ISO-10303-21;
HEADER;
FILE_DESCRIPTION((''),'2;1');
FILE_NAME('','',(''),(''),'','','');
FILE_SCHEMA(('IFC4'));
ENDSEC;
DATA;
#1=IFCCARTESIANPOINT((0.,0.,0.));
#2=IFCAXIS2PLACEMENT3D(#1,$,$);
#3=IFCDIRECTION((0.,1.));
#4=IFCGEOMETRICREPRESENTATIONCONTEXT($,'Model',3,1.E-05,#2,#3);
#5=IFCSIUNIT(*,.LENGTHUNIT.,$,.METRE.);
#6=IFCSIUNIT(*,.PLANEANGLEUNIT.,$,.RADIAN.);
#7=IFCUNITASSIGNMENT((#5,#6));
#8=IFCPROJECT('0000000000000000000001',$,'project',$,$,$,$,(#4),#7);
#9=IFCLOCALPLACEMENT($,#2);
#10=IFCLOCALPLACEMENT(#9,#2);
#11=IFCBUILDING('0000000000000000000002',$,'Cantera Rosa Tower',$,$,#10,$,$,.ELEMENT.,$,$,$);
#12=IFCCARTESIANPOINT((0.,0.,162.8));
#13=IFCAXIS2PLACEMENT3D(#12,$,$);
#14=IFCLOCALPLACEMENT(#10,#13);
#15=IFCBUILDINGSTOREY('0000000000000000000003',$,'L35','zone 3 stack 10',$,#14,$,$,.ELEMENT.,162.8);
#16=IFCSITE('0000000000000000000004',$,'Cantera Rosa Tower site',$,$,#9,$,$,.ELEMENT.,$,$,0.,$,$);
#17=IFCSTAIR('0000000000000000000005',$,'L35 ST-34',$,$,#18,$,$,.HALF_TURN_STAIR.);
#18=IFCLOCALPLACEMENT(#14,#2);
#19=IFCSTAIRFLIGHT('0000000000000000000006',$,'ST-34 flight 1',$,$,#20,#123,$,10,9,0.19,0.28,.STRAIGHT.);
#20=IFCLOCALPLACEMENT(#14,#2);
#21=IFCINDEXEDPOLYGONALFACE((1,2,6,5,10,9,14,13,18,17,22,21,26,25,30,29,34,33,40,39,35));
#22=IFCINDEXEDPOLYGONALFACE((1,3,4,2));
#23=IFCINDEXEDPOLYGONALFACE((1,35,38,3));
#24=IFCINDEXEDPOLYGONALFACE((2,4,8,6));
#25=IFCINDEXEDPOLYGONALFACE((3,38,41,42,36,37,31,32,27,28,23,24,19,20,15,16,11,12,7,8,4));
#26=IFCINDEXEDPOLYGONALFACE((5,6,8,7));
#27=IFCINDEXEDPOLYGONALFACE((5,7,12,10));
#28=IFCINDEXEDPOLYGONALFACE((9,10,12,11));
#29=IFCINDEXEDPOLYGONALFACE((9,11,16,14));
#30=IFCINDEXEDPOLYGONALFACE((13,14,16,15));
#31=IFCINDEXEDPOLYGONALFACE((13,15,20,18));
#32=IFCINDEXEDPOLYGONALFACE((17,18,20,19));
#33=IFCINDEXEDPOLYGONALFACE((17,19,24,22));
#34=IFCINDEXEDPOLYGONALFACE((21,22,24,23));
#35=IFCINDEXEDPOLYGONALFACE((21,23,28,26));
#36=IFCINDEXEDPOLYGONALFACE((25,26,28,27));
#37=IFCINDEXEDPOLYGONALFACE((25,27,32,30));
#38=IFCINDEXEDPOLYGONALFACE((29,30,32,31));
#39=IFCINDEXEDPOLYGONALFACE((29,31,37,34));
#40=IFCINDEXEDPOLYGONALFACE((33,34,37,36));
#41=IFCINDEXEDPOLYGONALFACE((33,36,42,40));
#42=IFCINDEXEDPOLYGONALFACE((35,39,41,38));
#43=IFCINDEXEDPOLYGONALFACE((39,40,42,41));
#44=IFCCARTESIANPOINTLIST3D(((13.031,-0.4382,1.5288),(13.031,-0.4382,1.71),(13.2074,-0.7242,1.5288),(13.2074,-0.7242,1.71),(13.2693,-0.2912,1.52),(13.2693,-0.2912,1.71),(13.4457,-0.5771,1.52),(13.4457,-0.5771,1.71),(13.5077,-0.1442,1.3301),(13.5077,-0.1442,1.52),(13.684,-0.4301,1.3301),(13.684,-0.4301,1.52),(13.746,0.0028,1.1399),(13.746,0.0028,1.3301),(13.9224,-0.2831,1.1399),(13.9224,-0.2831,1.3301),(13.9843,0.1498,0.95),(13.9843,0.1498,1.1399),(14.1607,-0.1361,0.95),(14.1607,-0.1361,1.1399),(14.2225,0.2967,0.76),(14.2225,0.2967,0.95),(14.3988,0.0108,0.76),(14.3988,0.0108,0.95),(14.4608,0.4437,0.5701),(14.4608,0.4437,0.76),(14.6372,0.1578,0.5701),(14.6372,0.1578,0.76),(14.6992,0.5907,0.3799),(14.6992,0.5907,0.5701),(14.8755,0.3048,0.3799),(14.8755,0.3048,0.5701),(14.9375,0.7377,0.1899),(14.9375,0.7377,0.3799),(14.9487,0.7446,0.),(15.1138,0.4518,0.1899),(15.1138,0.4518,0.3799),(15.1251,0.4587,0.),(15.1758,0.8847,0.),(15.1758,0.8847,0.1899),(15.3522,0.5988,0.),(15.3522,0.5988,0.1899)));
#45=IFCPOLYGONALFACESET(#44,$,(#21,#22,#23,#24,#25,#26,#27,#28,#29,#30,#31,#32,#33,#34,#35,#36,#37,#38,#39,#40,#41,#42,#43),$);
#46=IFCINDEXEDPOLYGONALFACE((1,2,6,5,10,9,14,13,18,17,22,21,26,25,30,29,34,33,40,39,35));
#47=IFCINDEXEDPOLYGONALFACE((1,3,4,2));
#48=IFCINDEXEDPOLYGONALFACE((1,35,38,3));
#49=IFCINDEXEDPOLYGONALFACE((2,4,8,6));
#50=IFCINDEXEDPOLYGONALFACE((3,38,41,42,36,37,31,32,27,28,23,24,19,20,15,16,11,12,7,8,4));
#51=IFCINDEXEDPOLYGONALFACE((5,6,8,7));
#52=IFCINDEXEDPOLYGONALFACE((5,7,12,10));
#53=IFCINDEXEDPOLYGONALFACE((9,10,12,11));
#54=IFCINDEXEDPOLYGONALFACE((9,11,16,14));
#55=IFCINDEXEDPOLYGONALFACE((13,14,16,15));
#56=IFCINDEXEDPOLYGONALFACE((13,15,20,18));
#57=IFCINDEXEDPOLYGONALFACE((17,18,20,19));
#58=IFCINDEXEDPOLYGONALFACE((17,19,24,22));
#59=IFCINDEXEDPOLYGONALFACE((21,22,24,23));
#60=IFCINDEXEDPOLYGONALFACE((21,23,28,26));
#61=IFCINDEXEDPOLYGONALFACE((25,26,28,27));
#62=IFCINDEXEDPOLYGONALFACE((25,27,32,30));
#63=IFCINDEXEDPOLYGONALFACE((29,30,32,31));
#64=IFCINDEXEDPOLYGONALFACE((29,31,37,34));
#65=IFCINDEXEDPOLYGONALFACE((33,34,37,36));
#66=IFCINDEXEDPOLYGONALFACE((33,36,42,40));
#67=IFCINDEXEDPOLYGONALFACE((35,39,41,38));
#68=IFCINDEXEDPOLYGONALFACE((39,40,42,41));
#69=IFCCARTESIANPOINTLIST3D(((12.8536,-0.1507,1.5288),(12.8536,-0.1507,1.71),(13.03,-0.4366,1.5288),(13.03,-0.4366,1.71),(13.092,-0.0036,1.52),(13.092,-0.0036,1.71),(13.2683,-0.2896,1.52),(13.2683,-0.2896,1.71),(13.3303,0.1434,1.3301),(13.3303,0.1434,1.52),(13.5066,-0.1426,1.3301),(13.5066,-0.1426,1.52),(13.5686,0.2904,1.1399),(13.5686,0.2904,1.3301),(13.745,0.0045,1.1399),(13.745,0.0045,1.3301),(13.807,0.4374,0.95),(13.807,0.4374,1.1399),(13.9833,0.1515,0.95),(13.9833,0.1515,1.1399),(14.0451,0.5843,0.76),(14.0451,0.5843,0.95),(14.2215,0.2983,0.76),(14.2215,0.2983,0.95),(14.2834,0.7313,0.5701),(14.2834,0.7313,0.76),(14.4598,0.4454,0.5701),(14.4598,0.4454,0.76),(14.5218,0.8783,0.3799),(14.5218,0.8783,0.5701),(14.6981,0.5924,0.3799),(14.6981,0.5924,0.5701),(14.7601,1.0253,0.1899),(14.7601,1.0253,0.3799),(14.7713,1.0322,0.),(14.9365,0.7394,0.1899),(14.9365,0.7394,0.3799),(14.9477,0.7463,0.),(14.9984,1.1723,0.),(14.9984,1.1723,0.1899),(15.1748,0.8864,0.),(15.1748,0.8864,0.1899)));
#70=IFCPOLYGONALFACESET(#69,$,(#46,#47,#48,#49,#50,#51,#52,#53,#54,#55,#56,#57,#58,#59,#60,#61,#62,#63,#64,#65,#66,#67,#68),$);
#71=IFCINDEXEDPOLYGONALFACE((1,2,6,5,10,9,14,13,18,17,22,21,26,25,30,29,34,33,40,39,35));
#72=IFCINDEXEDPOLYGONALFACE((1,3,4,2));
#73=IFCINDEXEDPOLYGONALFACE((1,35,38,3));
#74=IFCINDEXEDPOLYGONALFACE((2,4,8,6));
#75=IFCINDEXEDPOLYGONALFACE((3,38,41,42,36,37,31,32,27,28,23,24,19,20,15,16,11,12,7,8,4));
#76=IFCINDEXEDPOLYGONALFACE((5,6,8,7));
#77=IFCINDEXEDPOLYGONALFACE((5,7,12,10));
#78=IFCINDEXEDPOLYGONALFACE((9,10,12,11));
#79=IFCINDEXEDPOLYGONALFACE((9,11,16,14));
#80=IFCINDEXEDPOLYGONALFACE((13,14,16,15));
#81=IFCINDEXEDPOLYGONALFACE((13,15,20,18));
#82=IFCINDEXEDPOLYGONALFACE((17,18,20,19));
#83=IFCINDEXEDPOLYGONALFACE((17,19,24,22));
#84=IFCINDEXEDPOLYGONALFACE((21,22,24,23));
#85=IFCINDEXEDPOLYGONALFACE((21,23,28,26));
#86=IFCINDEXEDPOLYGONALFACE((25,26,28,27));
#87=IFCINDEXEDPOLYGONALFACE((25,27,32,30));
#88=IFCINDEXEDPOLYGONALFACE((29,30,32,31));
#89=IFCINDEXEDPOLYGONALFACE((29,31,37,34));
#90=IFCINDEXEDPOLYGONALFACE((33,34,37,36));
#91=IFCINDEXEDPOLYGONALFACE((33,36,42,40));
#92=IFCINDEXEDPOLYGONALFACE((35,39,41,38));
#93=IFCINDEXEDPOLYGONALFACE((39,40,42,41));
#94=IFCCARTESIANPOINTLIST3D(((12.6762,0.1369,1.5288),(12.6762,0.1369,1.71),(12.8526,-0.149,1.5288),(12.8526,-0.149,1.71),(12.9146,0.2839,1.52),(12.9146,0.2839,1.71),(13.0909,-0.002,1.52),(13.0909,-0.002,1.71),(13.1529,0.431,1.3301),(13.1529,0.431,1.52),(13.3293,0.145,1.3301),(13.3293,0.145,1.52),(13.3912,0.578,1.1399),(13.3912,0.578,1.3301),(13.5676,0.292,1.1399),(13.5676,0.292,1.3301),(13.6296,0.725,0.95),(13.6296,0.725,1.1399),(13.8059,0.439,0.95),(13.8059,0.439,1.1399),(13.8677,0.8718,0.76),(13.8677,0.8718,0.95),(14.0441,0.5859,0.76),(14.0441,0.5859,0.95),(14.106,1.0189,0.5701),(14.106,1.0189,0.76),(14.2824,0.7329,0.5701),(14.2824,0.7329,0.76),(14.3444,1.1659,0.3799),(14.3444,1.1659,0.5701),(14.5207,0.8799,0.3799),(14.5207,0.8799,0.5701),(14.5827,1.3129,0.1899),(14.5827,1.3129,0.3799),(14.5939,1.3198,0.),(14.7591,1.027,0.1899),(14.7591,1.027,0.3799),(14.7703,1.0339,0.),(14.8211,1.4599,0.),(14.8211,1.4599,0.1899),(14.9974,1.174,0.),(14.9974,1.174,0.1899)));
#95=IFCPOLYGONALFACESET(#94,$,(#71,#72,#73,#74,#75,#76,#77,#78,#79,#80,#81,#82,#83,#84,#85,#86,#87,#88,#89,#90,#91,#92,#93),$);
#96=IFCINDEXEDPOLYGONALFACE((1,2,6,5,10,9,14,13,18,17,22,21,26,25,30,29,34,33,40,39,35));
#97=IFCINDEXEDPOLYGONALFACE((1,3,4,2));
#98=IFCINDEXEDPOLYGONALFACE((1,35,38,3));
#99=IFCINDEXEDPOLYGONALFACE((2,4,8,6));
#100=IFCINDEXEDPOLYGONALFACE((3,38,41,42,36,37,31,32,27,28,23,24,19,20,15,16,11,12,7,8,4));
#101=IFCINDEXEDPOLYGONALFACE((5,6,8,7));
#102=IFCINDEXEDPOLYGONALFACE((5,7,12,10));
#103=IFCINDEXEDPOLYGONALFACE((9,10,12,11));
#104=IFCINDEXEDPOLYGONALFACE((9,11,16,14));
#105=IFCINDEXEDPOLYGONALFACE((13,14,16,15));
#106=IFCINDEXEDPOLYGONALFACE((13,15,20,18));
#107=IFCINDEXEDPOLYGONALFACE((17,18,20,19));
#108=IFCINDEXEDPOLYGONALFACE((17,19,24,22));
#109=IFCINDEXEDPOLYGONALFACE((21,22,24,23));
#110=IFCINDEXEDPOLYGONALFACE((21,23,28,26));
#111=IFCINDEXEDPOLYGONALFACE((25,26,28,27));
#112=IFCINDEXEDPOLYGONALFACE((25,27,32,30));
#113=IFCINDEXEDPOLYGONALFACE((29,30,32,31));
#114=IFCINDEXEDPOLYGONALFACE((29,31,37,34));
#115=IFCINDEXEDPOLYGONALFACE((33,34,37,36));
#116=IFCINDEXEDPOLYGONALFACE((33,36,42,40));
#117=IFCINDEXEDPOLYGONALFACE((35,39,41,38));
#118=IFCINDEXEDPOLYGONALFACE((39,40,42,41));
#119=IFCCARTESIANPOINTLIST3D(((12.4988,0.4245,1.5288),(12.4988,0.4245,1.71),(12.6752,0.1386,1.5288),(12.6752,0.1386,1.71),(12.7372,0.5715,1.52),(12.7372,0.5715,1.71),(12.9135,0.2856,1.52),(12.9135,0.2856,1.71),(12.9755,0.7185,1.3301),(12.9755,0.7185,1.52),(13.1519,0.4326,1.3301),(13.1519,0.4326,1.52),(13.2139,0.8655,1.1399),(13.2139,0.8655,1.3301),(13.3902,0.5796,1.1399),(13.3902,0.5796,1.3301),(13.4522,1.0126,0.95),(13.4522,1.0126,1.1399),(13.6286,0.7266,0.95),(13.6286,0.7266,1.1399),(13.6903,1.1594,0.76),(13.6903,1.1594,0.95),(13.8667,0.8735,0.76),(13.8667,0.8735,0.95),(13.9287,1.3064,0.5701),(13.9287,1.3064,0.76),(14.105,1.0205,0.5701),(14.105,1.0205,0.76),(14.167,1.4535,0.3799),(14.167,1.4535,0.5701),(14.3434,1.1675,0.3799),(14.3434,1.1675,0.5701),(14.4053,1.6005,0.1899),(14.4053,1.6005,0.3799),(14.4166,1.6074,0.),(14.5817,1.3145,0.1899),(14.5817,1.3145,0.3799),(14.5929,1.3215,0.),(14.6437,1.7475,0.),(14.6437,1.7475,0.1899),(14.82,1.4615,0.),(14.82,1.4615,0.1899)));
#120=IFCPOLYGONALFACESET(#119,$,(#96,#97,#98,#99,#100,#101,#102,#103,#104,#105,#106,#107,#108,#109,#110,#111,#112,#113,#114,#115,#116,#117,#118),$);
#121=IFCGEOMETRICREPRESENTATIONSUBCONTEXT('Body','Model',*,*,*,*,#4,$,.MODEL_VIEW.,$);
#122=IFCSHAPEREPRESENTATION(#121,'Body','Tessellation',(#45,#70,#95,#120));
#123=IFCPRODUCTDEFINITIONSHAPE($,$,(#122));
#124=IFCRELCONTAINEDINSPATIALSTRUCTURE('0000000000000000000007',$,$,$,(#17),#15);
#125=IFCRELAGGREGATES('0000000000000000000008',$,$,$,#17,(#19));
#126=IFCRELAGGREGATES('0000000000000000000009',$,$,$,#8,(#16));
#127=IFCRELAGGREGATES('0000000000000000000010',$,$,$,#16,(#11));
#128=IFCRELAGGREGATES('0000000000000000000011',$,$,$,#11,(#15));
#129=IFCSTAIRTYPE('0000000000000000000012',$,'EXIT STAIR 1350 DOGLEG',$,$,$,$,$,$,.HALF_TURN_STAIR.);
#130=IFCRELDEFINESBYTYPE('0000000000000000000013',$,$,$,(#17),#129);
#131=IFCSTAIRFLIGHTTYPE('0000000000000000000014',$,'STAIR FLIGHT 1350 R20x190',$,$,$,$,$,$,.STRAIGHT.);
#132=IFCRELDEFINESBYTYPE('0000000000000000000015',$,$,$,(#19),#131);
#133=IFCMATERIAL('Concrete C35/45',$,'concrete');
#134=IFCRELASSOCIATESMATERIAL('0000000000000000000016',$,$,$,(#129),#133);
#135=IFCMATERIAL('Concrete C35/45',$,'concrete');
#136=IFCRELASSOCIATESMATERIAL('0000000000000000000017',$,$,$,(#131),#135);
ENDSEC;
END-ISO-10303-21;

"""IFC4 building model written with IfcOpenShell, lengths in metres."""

from ifc_helpers import new_model, si_unit, direction, frame, origin, place, context, subcontext, project, spatial, polyline, outline, extrude, material, type_object, element, aggregate, save


model = new_model("IFC4")

# Units and contexts
model_context = context("Model", 3, precision=1e-05, world=origin(), true_north=direction((0.0, 1.0)))
body_context = subcontext(model_context, "Body", "Model", "MODEL_VIEW")
ifc_project = project(units=[si_unit("LENGTHUNIT", "METRE"), si_unit("PLANEANGLEUNIT", "RADIAN")], contexts=[model_context])

# Site, building, storey
site_placement = place(None, origin())
site = spatial("IfcSite", under=ifc_project, at=site_placement, Name="Cantera Rosa Tower site", CompositionType="ELEMENT", RefElevation=0.0)
building_placement = place(site_placement, origin())
building = spatial("IfcBuilding", under=site, at=building_placement, Name="Cantera Rosa Tower", CompositionType="ELEMENT")
storey_placement = place(building_placement, frame((0.0, 0.0, 162.8)))
storey = spatial("IfcBuildingStorey", under=building, at=storey_placement, Name="L35", Description="zone 3 stack 10", CompositionType="ELEMENT", Elevation=162.8)

# Stair, stair flight
ifc_material_1 = material(Name="Concrete C35/45", Category="concrete")
stair_type = type_object("IfcStairType", Name="EXIT STAIR 1350 DOGLEG", PredefinedType="HALF_TURN_STAIR", material=ifc_material_1)
ifc_material_2 = material(Name="Concrete C35/45", Category="concrete")
stair_flight_type = type_object("IfcStairFlightType", Name="STAIR FLIGHT 1350 R20x190", PredefinedType="STRAIGHT", material=ifc_material_2)
stair_1_placement = place(storey_placement, origin())
stair_1 = element("IfcStair", 1, at=stair_1_placement, inside=storey, type_object=stair_type, Name="L35 ST-34", PredefinedType="HALF_TURN_STAIR")
stair_flight_1_placement = place(storey_placement, frame((14.9978, 1.1733, 0.0), z_axis=(0.0, 0.0, 1.0), x_axis=(-0.851117, -0.524977, 0.0)))
stair_flight_1 = element("IfcStairFlight", 2, at=stair_flight_1_placement, type_object=stair_flight_type, Name="ST-34 flight 1", NumberOfRisers=10, NumberOfTreads=9, PredefinedType="STRAIGHT", RiserHeight=0.19, TreadLength=0.28, context=body_context, shape_type="SweptSolid", body=[
    extrude(outline(polyline([(0.0, 0.0), (0.0, 0.1899), (0.28, 0.1899), (0.28, 0.3799), (0.5601, 0.3799), (0.5601, 0.5701), (0.8401, 0.5701), (0.8401, 0.76), (1.1201, 0.76), (1.1201, 0.95), (1.3999, 0.95), (1.3999, 1.1399), (1.6799, 1.1399), (1.6799, 1.3301), (1.96, 1.3301), (1.96, 1.52), (2.24, 1.52), (2.24, 1.71), (2.52, 1.71), (2.52, 1.8999), (2.52, 1.5288), (0.2668, 0.0), (0.0, 0.0)])), frame((0.0, 0.675, 0.0), z_axis=(0.0, -1.0, 0.0), x_axis=(1.0, 0.0, 0.0)), (0.0, 0.0, 1.0), 0.3359),
    extrude(outline(polyline([(0.0, 0.0), (0.0, 0.1899), (0.28, 0.1899), (0.28, 0.3799), (0.5601, 0.3799), (0.5601, 0.5701), (0.8401, 0.5701), (0.8401, 0.76), (1.1201, 0.76), (1.1201, 0.95), (1.3999, 0.95), (1.3999, 1.1399), (1.6799, 1.1399), (1.6799, 1.3301), (1.96, 1.3301), (1.96, 1.52), (2.24, 1.52), (2.24, 1.71), (2.52, 1.71), (2.52, 1.8999), (2.52, 1.5288), (0.2668, 0.0), (0.0, 0.0)])), frame((0.0, 0.3372, 0.0), z_axis=(0.0, -1.0, 0.0), x_axis=(1.0, 0.0, 0.0)), (0.0, 0.0, 1.0), 0.3359),
    extrude(outline(polyline([(0.0, 0.0), (0.0, 0.1899), (0.28, 0.1899), (0.28, 0.3799), (0.5601, 0.3799), (0.5601, 0.5701), (0.8401, 0.5701), (0.8401, 0.76), (1.1201, 0.76), (1.1201, 0.95), (1.3999, 0.95), (1.3999, 1.1399), (1.6799, 1.1399), (1.6799, 1.3301), (1.96, 1.3301), (1.96, 1.52), (2.24, 1.52), (2.24, 1.71), (2.52, 1.71), (2.52, 1.8999), (2.52, 1.5288), (0.2668, 0.0), (0.0, 0.0)])), frame((0.0, -0.0007, 0.0), z_axis=(0.0, -1.0, 0.0), x_axis=(1.0, 0.0, 0.0)), (0.0, 0.0, 1.0), 0.3359),
    extrude(outline(polyline([(0.0, 0.0), (0.0, 0.1899), (0.28, 0.1899), (0.28, 0.3799), (0.5601, 0.3799), (0.5601, 0.5701), (0.8401, 0.5701), (0.8401, 0.76), (1.1201, 0.76), (1.1201, 0.95), (1.3999, 0.95), (1.3999, 1.1399), (1.6799, 1.1399), (1.6799, 1.3301), (1.96, 1.3301), (1.96, 1.52), (2.24, 1.52), (2.24, 1.71), (2.52, 1.71), (2.52, 1.8999), (2.52, 1.5288), (0.2668, 0.0), (0.0, 0.0)])), frame((0.0, -0.3386, 0.0), z_axis=(0.0, -1.0, 0.0), x_axis=(1.0, 0.0, 0.0)), (0.0, 0.0, 1.0), 0.3359),
])
aggregate(stair_1, [stair_flight_1])

save(model, "model.ifc")
